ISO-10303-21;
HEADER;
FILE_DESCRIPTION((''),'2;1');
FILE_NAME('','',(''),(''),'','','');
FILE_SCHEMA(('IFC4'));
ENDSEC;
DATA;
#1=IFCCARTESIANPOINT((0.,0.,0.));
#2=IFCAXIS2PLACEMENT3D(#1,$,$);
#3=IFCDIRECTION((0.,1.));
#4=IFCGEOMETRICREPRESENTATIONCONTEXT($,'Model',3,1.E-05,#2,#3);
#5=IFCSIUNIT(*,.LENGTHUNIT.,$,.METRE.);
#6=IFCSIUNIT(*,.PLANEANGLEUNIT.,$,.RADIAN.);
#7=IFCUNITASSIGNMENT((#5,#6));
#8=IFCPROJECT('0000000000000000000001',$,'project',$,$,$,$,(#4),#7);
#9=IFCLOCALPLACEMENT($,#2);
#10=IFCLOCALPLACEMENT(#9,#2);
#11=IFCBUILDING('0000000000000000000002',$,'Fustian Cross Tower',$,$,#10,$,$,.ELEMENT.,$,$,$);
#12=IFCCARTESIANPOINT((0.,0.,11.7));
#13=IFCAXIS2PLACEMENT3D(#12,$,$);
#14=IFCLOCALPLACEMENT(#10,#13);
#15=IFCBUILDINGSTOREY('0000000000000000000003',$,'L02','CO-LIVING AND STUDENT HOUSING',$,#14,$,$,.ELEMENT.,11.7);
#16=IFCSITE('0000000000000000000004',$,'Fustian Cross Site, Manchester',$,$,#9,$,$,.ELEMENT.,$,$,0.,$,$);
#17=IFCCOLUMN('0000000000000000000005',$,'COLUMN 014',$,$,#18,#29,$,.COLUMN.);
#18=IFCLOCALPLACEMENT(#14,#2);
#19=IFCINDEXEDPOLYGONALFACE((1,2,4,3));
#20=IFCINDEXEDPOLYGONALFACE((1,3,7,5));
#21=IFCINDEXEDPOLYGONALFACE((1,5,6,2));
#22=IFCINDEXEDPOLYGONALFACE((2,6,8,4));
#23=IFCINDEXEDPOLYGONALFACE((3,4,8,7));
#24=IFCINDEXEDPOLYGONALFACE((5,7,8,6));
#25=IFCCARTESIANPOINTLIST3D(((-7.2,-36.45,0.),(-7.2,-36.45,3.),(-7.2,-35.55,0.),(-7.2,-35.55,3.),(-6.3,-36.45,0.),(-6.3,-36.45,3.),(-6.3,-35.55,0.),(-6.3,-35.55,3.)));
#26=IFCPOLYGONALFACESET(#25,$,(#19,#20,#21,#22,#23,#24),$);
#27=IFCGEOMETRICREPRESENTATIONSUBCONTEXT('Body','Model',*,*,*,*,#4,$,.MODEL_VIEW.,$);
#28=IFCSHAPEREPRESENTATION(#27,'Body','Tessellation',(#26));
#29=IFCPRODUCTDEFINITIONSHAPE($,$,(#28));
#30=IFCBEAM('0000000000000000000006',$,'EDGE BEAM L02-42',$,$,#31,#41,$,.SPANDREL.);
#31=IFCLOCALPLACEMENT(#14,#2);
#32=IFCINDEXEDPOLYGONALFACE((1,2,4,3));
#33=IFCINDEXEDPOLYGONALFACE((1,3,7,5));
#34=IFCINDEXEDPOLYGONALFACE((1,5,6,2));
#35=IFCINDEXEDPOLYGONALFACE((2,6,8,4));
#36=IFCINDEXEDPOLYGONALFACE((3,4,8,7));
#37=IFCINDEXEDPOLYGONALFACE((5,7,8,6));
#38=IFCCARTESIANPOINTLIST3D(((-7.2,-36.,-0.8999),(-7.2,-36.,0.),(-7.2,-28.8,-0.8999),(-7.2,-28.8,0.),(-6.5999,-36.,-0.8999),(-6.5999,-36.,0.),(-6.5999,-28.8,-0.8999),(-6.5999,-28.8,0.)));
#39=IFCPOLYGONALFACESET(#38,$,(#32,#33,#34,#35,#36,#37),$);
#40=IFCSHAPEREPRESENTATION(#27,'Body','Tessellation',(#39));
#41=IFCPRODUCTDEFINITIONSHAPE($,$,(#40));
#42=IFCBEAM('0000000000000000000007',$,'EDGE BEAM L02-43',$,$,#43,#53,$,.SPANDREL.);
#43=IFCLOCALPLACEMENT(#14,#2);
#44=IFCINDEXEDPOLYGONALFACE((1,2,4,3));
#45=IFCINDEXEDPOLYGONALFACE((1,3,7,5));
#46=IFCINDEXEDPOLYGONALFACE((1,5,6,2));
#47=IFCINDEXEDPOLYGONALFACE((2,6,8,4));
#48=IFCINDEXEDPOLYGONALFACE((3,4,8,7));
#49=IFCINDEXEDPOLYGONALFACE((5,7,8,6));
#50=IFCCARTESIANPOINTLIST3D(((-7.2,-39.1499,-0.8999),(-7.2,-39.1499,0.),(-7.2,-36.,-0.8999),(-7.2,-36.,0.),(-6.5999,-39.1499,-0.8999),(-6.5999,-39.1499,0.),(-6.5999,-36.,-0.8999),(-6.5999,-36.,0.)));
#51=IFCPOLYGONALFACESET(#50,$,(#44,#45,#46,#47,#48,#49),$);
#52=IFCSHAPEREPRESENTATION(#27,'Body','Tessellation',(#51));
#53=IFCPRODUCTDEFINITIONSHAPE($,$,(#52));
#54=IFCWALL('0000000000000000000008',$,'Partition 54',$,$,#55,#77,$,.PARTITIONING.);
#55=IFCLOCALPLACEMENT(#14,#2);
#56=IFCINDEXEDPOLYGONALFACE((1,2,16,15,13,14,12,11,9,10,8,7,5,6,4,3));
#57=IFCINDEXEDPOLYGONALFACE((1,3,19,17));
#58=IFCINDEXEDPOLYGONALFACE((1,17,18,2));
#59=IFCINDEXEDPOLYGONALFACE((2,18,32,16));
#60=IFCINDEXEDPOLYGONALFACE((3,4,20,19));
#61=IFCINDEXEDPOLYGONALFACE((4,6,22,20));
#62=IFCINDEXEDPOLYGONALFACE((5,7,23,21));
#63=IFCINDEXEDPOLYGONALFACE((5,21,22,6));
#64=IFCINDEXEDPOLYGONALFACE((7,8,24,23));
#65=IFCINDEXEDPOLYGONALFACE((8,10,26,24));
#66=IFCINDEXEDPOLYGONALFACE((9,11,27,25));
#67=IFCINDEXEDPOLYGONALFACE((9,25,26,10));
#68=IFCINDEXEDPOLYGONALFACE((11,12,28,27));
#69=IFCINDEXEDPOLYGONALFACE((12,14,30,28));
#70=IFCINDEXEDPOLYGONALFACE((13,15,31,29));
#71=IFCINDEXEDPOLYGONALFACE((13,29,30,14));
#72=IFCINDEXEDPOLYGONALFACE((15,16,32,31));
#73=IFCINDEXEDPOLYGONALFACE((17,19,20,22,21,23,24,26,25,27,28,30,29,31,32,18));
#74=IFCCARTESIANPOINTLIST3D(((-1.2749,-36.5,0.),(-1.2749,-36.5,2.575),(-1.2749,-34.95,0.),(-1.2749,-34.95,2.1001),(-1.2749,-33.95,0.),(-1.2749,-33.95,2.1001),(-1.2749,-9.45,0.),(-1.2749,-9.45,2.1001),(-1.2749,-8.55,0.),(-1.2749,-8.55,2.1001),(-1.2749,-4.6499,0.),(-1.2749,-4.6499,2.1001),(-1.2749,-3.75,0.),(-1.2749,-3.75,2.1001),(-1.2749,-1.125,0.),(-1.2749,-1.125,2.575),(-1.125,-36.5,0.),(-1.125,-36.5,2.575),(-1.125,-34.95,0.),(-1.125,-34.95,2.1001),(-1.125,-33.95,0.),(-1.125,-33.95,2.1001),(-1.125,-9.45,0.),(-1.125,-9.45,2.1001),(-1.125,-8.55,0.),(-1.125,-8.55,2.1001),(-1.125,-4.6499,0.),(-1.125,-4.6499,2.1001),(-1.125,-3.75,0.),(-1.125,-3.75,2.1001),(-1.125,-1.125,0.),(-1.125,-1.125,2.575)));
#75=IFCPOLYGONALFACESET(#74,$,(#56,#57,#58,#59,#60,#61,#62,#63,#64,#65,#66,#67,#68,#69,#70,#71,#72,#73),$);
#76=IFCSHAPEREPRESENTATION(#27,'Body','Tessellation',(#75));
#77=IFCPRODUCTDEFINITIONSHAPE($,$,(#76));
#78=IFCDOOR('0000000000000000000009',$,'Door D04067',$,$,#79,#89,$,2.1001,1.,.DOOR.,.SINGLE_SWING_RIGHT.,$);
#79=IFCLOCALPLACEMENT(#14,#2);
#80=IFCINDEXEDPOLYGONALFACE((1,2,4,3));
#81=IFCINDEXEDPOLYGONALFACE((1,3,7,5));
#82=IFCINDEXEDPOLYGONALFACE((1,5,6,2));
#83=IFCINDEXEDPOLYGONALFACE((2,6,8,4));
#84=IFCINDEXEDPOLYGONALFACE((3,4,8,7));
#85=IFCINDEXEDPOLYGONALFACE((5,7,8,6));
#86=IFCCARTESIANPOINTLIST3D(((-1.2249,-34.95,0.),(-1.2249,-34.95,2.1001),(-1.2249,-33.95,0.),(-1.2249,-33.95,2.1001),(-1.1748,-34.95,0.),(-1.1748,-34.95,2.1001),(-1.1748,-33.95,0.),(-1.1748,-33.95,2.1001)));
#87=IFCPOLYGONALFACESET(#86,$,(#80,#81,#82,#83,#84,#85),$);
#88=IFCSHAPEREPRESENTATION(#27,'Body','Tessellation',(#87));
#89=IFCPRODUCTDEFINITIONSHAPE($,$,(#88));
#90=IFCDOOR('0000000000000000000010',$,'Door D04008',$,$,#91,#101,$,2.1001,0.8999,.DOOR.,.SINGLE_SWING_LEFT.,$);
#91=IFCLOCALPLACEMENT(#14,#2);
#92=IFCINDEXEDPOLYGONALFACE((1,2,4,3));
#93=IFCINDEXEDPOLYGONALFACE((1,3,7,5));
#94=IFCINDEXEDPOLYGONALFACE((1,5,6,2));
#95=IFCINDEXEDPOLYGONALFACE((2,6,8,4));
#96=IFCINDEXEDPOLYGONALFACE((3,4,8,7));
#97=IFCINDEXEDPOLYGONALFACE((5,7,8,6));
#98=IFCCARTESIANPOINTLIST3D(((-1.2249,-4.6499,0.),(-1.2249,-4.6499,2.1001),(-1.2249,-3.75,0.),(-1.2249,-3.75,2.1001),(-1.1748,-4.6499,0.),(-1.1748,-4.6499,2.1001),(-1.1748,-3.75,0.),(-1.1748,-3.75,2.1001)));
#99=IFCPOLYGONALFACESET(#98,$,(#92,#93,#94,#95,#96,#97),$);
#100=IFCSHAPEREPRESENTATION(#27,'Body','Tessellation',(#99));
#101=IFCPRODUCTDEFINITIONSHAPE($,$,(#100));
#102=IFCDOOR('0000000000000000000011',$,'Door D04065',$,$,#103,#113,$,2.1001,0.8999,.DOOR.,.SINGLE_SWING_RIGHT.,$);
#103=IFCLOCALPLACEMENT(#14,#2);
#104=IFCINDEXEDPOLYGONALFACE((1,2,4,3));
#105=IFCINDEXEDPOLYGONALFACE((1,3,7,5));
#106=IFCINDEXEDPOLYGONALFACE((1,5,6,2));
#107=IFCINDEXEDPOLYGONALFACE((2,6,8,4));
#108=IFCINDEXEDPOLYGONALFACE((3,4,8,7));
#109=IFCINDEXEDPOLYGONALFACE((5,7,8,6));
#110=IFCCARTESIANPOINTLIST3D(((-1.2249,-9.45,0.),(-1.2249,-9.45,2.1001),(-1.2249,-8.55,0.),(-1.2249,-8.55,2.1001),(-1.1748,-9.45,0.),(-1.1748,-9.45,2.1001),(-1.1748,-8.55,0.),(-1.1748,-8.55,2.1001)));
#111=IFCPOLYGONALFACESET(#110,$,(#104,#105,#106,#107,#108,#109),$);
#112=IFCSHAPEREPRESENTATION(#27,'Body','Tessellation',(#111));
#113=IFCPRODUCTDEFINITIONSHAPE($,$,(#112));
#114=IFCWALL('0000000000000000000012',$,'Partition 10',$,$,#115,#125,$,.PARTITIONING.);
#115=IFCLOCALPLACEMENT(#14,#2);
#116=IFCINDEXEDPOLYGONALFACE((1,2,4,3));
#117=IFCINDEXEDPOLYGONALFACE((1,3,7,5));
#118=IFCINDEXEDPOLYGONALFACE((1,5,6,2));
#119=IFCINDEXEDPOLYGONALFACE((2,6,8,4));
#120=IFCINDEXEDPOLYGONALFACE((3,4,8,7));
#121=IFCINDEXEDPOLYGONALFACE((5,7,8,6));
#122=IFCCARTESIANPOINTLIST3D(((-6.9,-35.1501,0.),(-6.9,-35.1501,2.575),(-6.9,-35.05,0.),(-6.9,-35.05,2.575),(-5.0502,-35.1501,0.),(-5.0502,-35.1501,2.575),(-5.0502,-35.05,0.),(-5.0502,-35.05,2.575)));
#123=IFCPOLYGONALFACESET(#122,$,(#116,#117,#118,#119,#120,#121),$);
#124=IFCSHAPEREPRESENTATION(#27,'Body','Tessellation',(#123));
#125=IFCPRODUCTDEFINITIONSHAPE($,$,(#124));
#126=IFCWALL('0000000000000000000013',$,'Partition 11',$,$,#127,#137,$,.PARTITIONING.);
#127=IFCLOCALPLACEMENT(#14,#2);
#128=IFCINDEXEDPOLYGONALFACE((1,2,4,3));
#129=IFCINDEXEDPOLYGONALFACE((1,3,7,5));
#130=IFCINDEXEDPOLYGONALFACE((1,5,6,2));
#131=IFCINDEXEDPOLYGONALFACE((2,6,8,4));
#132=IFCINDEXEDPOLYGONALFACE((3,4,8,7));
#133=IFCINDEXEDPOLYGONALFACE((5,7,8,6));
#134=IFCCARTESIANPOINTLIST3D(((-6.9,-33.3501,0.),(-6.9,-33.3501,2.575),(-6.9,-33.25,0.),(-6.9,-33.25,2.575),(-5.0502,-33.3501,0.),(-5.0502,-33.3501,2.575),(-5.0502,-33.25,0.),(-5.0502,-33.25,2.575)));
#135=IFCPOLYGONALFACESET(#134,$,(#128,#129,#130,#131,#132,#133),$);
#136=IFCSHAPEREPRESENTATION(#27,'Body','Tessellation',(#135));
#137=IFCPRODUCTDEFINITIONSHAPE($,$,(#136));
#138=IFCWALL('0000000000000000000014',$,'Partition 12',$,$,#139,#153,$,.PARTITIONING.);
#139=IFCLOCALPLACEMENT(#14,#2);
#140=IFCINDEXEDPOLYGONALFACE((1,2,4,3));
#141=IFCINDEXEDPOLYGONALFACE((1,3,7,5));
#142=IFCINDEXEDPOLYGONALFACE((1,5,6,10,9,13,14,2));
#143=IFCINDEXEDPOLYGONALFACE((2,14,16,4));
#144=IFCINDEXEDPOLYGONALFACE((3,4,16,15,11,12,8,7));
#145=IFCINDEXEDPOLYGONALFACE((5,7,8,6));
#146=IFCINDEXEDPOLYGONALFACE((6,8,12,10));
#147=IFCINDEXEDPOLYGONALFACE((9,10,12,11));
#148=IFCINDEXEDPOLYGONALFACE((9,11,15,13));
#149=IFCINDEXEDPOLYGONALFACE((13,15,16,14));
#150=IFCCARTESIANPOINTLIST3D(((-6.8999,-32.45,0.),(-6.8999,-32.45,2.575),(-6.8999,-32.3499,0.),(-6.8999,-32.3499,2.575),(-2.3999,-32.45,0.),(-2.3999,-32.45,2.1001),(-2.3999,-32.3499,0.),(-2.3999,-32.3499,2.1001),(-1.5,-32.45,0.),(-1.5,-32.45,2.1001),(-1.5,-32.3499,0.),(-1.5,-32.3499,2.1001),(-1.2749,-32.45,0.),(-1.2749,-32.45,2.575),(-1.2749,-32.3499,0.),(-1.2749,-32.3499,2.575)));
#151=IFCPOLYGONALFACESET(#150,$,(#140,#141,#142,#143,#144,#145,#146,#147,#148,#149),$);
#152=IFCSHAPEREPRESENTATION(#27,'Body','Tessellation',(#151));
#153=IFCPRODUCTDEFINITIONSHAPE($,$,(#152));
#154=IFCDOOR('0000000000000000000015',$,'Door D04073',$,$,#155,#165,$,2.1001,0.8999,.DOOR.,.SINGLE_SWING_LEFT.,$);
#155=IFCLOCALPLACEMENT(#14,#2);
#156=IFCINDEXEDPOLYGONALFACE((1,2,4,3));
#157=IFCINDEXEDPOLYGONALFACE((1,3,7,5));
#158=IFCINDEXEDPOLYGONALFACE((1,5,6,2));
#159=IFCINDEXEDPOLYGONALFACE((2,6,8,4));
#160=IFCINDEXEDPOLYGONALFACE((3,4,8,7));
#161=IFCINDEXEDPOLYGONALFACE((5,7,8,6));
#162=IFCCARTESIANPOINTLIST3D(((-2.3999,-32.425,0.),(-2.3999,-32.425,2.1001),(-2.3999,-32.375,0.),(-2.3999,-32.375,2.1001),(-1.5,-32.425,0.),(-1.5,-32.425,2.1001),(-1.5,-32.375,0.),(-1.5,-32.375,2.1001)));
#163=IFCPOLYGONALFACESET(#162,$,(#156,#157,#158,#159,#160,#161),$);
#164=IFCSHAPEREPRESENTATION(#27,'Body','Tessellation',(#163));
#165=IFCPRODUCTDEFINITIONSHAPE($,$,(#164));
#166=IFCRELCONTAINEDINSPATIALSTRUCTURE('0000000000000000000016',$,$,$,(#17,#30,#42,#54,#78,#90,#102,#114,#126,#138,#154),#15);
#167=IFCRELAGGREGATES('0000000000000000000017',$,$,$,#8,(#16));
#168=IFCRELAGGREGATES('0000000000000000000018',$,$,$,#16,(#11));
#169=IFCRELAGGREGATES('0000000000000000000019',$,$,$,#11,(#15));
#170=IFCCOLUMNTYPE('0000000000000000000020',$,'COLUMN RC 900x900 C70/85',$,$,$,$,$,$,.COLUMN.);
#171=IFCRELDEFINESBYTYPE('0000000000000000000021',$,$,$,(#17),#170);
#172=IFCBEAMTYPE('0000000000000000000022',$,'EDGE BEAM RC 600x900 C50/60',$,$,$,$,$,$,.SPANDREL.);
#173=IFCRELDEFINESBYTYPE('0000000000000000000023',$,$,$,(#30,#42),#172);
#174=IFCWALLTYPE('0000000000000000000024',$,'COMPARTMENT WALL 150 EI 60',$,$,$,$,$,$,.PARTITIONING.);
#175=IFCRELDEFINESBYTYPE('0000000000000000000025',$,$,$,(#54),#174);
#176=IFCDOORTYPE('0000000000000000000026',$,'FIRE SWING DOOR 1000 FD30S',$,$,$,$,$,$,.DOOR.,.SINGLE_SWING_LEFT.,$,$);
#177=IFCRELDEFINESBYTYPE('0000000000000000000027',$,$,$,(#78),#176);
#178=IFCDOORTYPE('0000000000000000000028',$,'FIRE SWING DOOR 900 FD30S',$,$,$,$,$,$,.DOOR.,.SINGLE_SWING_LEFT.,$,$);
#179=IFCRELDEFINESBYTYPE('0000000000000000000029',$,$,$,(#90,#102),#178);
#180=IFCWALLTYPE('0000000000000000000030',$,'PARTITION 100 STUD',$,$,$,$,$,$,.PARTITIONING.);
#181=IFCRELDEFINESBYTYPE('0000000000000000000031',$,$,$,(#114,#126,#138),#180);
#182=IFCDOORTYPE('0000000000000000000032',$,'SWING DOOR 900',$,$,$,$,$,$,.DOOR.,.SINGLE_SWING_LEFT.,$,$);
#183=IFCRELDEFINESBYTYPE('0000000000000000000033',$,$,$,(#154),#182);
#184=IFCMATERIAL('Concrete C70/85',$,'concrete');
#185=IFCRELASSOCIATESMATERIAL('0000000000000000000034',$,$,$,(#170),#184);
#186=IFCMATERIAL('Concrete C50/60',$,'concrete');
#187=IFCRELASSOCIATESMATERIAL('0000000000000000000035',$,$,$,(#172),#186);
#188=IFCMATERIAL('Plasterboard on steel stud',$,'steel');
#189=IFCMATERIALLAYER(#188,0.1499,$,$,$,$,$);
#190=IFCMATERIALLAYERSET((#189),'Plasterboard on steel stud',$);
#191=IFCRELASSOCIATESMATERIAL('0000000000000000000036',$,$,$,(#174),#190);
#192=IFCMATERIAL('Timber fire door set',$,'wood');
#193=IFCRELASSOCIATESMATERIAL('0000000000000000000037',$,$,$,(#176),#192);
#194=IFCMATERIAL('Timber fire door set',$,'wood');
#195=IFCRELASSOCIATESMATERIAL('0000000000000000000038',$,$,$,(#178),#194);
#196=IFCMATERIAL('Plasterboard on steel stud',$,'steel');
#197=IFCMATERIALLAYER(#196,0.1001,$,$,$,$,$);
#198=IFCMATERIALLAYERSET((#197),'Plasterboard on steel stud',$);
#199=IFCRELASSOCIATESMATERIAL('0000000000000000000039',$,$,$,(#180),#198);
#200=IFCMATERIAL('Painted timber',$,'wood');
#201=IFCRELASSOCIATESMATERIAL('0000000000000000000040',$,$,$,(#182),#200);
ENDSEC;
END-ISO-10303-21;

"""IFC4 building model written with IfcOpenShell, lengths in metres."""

from ifc_helpers import new_model, si_unit, direction, frame, frame_2d, origin, origin_2d, place, context, subcontext, project, spatial, rectangle, extrude, material, layer, layer_set, material_profile, profile_set, type_object, element, fill, save


model = new_model("IFC4")

# Units and contexts
model_context = context("Model", 3, precision=1e-05, world=origin(), true_north=direction((0.0, 1.0)))
body_context = subcontext(model_context, "Body", "Model", "MODEL_VIEW")
ifc_project = project(units=[si_unit("LENGTHUNIT", "METRE"), si_unit("PLANEANGLEUNIT", "RADIAN")], contexts=[model_context])

# Site, building, storey
site_placement = place(None, origin())
site = spatial("IfcSite", under=ifc_project, at=site_placement, Name="Fustian Cross Site, Manchester", CompositionType="ELEMENT", RefElevation=0.0)
building_placement = place(site_placement, origin())
building = spatial("IfcBuilding", under=site, at=building_placement, Name="Fustian Cross Tower", CompositionType="ELEMENT")
storey_placement = place(building_placement, frame((0.0, 0.0, 11.7)))
storey = spatial("IfcBuildingStorey", under=building, at=storey_placement, Name="L02", Description="CO-LIVING AND STUDENT HOUSING", CompositionType="ELEMENT", Elevation=11.7)

# Column
ifc_material_1 = material(Name="Concrete C70/85", Category="concrete")
ifc_material_profile_1 = material_profile(ifc_material_1, rectangle(XDim=0.8999, YDim=0.8999, at=origin_2d()), Name="RC 900x900")
ifc_profile_set_1 = profile_set([ifc_material_profile_1], Name="Concrete C70/85")
column_type = type_object("IfcColumnType", Name="COLUMN RC 900x900 C70/85", PredefinedType="COLUMN", material=ifc_profile_set_1)
column_placement = place(storey_placement, frame((-6.75, -36.0, 0.0), z_axis=(0.0, 0.0, 1.0), x_axis=(1.0, 0.0, 0.0)))
element("IfcColumn", 1, at=column_placement, inside=storey, type_object=column_type, Name="COLUMN 014", PredefinedType="COLUMN", context=body_context, shape_type="SweptSolid", body=[
    extrude(rectangle(XDim=0.8999, YDim=0.8999, at=origin_2d()), origin(), (0.0, 0.0, 1.0), 3.0),
])

# Beams
ifc_material_2 = material(Name="Concrete C50/60", Category="concrete")
ifc_material_profile_2 = material_profile(ifc_material_2, rectangle(XDim=0.6001, YDim=0.8999, at=origin_2d()), Name="RC 600x900")
ifc_profile_set_2 = profile_set([ifc_material_profile_2], Name="Concrete C50/60")
beam_type = type_object("IfcBeamType", Name="EDGE BEAM RC 600x900 C50/60", PredefinedType="SPANDREL", material=ifc_profile_set_2)
beam_1_placement = place(storey_placement, frame((-6.8999, -28.8, -0.45), z_axis=(0.0, -1.0, 0.0), x_axis=(1.0, 0.0, 0.0)))
element("IfcBeam", 2, at=beam_1_placement, inside=storey, type_object=beam_type, Name="EDGE BEAM L02-42", PredefinedType="SPANDREL", context=body_context, shape_type="SweptSolid", body=[
    extrude(rectangle(XDim=0.6001, YDim=0.8999, at=origin_2d()), origin(), (0.0, 0.0, 1.0), 7.2),
])
beam_2_placement = place(storey_placement, frame((-6.8999, -36.0, -0.45), z_axis=(0.0, -1.0, 0.0), x_axis=(1.0, 0.0, 0.0)))
element("IfcBeam", 3, at=beam_2_placement, inside=storey, type_object=beam_type, Name="EDGE BEAM L02-43", PredefinedType="SPANDREL", context=body_context, shape_type="SweptSolid", body=[
    extrude(rectangle(XDim=0.6001, YDim=0.8999, at=origin_2d()), origin(), (0.0, 0.0, 1.0), 3.1499),
])

# Wall, openings, doors
ifc_material_3 = material(Name="Plasterboard on steel stud", Category="steel")
ifc_layer_1 = layer(ifc_material_3, 0.1499)
ifc_layer_set_1 = layer_set([ifc_layer_1], Name="Plasterboard on steel stud")
wall_type_1 = type_object("IfcWallType", Name="COMPARTMENT WALL 150 EI 60", PredefinedType="PARTITIONING", material=ifc_layer_set_1)
wall_1_placement = place(storey_placement, frame((-1.2, -36.5, 0.0), z_axis=(0.0, 0.0, 1.0), x_axis=(0.0, 1.0, 0.0)))
wall_1 = element("IfcWall", 4, at=wall_1_placement, inside=storey, type_object=wall_type_1, Name="Partition 54", PredefinedType="PARTITIONING", context=body_context, shape_type="SweptSolid", body=[
    extrude(rectangle(XDim=35.375, YDim=0.1499, at=frame_2d((17.6875, 0.0))), origin(), (0.0, 0.0, 1.0), 2.575),
])
opening_1_placement = place(wall_1_placement, frame((31.8501, 0.0, 0.0)))
opening_1 = element("IfcOpeningElement", 5, at=opening_1_placement, cuts=wall_1, PredefinedType="OPENING", context=body_context, shape_type="SweptSolid", body=[
    extrude(rectangle(XDim=0.8999, YDim=2.1001, at=frame_2d((0.45, 1.05))), frame((0.0, 0.085, 0.0), z_axis=(0.0, -1.0, 0.0), x_axis=(1.0, 0.0, 0.0)), (0.0, 0.0, 1.0), 0.1699),
])
opening_2_placement = place(wall_1_placement, frame((27.05, 0.0, 0.0)))
opening_2 = element("IfcOpeningElement", 6, at=opening_2_placement, cuts=wall_1, PredefinedType="OPENING", context=body_context, shape_type="SweptSolid", body=[
    extrude(rectangle(XDim=0.8999, YDim=2.1001, at=frame_2d((0.45, 1.05))), frame((0.0, 0.085, 0.0), z_axis=(0.0, -1.0, 0.0), x_axis=(1.0, 0.0, 0.0)), (0.0, 0.0, 1.0), 0.1699),
])
opening_3_placement = place(wall_1_placement, frame((1.55, 0.0, 0.0)))
opening_3 = element("IfcOpeningElement", 7, at=opening_3_placement, cuts=wall_1, PredefinedType="OPENING", context=body_context, shape_type="SweptSolid", body=[
    extrude(rectangle(XDim=1.0, YDim=2.1001, at=frame_2d((0.5, 1.05))), frame((0.0, 0.085, 0.0), z_axis=(0.0, -1.0, 0.0), x_axis=(1.0, 0.0, 0.0)), (0.0, 0.0, 1.0), 0.1699),
])
ifc_material_4 = material(Name="Timber fire door set", Category="wood")
door_type_1 = type_object("IfcDoorType", Name="FIRE SWING DOOR 1000 FD30S", OperationType="SINGLE_SWING_LEFT", PredefinedType="DOOR", material=ifc_material_4)
door_1_placement = place(opening_3_placement, origin())
door_1 = element("IfcDoor", 8, at=door_1_placement, inside=storey, type_object=door_type_1, Name="Door D04067", OperationType="SINGLE_SWING_RIGHT", OverallHeight=2.1001, OverallWidth=1.0, PredefinedType="DOOR", context=body_context, shape_type="SweptSolid", body=[
    extrude(rectangle(XDim=1.0, YDim=2.1001, at=frame_2d((0.5, 1.05))), frame((0.0, 0.0249, 0.0), z_axis=(0.0, -1.0, 0.0), x_axis=(1.0, 0.0, 0.0)), (0.0, 0.0, 1.0), 0.05),
])
fill(opening_3, door_1)
ifc_material_5 = material(Name="Timber fire door set", Category="wood")
door_type_2 = type_object("IfcDoorType", Name="FIRE SWING DOOR 900 FD30S", OperationType="SINGLE_SWING_LEFT", PredefinedType="DOOR", material=ifc_material_5)
door_2_placement = place(opening_1_placement, origin())
door_2 = element("IfcDoor", 9, at=door_2_placement, inside=storey, type_object=door_type_2, Name="Door D04008", OperationType="SINGLE_SWING_LEFT", OverallHeight=2.1001, OverallWidth=0.8999, PredefinedType="DOOR", context=body_context, shape_type="SweptSolid", body=[
    extrude(rectangle(XDim=0.8999, YDim=2.1001, at=frame_2d((0.45, 1.05))), frame((0.0, 0.0249, 0.0), z_axis=(0.0, -1.0, 0.0), x_axis=(1.0, 0.0, 0.0)), (0.0, 0.0, 1.0), 0.05),
])
fill(opening_1, door_2)
door_3_placement = place(opening_2_placement, origin())
door_3 = element("IfcDoor", 10, at=door_3_placement, inside=storey, type_object=door_type_2, Name="Door D04065", OperationType="SINGLE_SWING_RIGHT", OverallHeight=2.1001, OverallWidth=0.8999, PredefinedType="DOOR", context=body_context, shape_type="SweptSolid", body=[
    extrude(rectangle(XDim=0.8999, YDim=2.1001, at=frame_2d((0.45, 1.05))), frame((0.0, 0.0249, 0.0), z_axis=(0.0, -1.0, 0.0), x_axis=(1.0, 0.0, 0.0)), (0.0, 0.0, 1.0), 0.05),
])
fill(opening_2, door_3)

# Walls
ifc_material_6 = material(Name="Plasterboard on steel stud", Category="steel")
ifc_layer_2 = layer(ifc_material_6, 0.1001)
ifc_layer_set_2 = layer_set([ifc_layer_2], Name="Plasterboard on steel stud")
wall_type_2 = type_object("IfcWallType", Name="PARTITION 100 STUD", PredefinedType="PARTITIONING", material=ifc_layer_set_2)
for number, where, z_axis, x_axis, name in (
    (11, (-6.8999, -35.1001, 0.0), (0.0, 0.0, 1.0), (1.0, 0.0, 0.0), "Partition 10"),
    (12, (-6.8999, -33.3, 0.0), (0.0, 0.0, 1.0), (1.0, 0.0, 0.0), "Partition 11"),
):
    element("IfcWall", number, at=place(storey_placement, frame(where, z_axis=z_axis, x_axis=x_axis)), inside=storey, type_object=wall_type_2, Name=name, PredefinedType="PARTITIONING", context=body_context, shape_type="SweptSolid", body=[
        extrude(rectangle(XDim=1.8499, YDim=0.1001, at=frame_2d((0.9248, 0.0))), origin(), (0.0, 0.0, 1.0), 2.575),
    ])

# Wall, opening, door
wall_2_placement = place(storey_placement, frame((-6.8999, -32.3999, 0.0), z_axis=(0.0, 0.0, 1.0), x_axis=(1.0, 0.0, 0.0)))
wall_2 = element("IfcWall", 13, at=wall_2_placement, inside=storey, type_object=wall_type_2, Name="Partition 12", PredefinedType="PARTITIONING", context=body_context, shape_type="SweptSolid", body=[
    extrude(rectangle(XDim=5.625, YDim=0.1001, at=frame_2d((2.8125, 0.0))), origin(), (0.0, 0.0, 1.0), 2.575),
])
opening_4_placement = place(wall_2_placement, frame((4.5, 0.0, 0.0)))
opening_4 = element("IfcOpeningElement", 14, at=opening_4_placement, cuts=wall_2, PredefinedType="OPENING", context=body_context, shape_type="SweptSolid", body=[
    extrude(rectangle(XDim=0.8999, YDim=2.1001, at=frame_2d((0.45, 1.05))), frame((0.0, 0.0601, 0.0), z_axis=(0.0, -1.0, 0.0), x_axis=(1.0, 0.0, 0.0)), (0.0, 0.0, 1.0), 0.1201),
])
ifc_material_7 = material(Name="Painted timber", Category="wood")
door_type_3 = type_object("IfcDoorType", Name="SWING DOOR 900", OperationType="SINGLE_SWING_LEFT", PredefinedType="DOOR", material=ifc_material_7)
door_4_placement = place(opening_4_placement, origin())
door_4 = element("IfcDoor", 15, at=door_4_placement, inside=storey, type_object=door_type_3, Name="Door D04073", OperationType="SINGLE_SWING_LEFT", OverallHeight=2.1001, OverallWidth=0.8999, PredefinedType="DOOR", context=body_context, shape_type="SweptSolid", body=[
    extrude(rectangle(XDim=0.8999, YDim=2.1001, at=frame_2d((0.45, 1.05))), frame((0.0, 0.0249, 0.0), z_axis=(0.0, -1.0, 0.0), x_axis=(1.0, 0.0, 0.0)), (0.0, 0.0, 1.0), 0.05),
])
fill(opening_4, door_4)

save(model, "model.ifc")
